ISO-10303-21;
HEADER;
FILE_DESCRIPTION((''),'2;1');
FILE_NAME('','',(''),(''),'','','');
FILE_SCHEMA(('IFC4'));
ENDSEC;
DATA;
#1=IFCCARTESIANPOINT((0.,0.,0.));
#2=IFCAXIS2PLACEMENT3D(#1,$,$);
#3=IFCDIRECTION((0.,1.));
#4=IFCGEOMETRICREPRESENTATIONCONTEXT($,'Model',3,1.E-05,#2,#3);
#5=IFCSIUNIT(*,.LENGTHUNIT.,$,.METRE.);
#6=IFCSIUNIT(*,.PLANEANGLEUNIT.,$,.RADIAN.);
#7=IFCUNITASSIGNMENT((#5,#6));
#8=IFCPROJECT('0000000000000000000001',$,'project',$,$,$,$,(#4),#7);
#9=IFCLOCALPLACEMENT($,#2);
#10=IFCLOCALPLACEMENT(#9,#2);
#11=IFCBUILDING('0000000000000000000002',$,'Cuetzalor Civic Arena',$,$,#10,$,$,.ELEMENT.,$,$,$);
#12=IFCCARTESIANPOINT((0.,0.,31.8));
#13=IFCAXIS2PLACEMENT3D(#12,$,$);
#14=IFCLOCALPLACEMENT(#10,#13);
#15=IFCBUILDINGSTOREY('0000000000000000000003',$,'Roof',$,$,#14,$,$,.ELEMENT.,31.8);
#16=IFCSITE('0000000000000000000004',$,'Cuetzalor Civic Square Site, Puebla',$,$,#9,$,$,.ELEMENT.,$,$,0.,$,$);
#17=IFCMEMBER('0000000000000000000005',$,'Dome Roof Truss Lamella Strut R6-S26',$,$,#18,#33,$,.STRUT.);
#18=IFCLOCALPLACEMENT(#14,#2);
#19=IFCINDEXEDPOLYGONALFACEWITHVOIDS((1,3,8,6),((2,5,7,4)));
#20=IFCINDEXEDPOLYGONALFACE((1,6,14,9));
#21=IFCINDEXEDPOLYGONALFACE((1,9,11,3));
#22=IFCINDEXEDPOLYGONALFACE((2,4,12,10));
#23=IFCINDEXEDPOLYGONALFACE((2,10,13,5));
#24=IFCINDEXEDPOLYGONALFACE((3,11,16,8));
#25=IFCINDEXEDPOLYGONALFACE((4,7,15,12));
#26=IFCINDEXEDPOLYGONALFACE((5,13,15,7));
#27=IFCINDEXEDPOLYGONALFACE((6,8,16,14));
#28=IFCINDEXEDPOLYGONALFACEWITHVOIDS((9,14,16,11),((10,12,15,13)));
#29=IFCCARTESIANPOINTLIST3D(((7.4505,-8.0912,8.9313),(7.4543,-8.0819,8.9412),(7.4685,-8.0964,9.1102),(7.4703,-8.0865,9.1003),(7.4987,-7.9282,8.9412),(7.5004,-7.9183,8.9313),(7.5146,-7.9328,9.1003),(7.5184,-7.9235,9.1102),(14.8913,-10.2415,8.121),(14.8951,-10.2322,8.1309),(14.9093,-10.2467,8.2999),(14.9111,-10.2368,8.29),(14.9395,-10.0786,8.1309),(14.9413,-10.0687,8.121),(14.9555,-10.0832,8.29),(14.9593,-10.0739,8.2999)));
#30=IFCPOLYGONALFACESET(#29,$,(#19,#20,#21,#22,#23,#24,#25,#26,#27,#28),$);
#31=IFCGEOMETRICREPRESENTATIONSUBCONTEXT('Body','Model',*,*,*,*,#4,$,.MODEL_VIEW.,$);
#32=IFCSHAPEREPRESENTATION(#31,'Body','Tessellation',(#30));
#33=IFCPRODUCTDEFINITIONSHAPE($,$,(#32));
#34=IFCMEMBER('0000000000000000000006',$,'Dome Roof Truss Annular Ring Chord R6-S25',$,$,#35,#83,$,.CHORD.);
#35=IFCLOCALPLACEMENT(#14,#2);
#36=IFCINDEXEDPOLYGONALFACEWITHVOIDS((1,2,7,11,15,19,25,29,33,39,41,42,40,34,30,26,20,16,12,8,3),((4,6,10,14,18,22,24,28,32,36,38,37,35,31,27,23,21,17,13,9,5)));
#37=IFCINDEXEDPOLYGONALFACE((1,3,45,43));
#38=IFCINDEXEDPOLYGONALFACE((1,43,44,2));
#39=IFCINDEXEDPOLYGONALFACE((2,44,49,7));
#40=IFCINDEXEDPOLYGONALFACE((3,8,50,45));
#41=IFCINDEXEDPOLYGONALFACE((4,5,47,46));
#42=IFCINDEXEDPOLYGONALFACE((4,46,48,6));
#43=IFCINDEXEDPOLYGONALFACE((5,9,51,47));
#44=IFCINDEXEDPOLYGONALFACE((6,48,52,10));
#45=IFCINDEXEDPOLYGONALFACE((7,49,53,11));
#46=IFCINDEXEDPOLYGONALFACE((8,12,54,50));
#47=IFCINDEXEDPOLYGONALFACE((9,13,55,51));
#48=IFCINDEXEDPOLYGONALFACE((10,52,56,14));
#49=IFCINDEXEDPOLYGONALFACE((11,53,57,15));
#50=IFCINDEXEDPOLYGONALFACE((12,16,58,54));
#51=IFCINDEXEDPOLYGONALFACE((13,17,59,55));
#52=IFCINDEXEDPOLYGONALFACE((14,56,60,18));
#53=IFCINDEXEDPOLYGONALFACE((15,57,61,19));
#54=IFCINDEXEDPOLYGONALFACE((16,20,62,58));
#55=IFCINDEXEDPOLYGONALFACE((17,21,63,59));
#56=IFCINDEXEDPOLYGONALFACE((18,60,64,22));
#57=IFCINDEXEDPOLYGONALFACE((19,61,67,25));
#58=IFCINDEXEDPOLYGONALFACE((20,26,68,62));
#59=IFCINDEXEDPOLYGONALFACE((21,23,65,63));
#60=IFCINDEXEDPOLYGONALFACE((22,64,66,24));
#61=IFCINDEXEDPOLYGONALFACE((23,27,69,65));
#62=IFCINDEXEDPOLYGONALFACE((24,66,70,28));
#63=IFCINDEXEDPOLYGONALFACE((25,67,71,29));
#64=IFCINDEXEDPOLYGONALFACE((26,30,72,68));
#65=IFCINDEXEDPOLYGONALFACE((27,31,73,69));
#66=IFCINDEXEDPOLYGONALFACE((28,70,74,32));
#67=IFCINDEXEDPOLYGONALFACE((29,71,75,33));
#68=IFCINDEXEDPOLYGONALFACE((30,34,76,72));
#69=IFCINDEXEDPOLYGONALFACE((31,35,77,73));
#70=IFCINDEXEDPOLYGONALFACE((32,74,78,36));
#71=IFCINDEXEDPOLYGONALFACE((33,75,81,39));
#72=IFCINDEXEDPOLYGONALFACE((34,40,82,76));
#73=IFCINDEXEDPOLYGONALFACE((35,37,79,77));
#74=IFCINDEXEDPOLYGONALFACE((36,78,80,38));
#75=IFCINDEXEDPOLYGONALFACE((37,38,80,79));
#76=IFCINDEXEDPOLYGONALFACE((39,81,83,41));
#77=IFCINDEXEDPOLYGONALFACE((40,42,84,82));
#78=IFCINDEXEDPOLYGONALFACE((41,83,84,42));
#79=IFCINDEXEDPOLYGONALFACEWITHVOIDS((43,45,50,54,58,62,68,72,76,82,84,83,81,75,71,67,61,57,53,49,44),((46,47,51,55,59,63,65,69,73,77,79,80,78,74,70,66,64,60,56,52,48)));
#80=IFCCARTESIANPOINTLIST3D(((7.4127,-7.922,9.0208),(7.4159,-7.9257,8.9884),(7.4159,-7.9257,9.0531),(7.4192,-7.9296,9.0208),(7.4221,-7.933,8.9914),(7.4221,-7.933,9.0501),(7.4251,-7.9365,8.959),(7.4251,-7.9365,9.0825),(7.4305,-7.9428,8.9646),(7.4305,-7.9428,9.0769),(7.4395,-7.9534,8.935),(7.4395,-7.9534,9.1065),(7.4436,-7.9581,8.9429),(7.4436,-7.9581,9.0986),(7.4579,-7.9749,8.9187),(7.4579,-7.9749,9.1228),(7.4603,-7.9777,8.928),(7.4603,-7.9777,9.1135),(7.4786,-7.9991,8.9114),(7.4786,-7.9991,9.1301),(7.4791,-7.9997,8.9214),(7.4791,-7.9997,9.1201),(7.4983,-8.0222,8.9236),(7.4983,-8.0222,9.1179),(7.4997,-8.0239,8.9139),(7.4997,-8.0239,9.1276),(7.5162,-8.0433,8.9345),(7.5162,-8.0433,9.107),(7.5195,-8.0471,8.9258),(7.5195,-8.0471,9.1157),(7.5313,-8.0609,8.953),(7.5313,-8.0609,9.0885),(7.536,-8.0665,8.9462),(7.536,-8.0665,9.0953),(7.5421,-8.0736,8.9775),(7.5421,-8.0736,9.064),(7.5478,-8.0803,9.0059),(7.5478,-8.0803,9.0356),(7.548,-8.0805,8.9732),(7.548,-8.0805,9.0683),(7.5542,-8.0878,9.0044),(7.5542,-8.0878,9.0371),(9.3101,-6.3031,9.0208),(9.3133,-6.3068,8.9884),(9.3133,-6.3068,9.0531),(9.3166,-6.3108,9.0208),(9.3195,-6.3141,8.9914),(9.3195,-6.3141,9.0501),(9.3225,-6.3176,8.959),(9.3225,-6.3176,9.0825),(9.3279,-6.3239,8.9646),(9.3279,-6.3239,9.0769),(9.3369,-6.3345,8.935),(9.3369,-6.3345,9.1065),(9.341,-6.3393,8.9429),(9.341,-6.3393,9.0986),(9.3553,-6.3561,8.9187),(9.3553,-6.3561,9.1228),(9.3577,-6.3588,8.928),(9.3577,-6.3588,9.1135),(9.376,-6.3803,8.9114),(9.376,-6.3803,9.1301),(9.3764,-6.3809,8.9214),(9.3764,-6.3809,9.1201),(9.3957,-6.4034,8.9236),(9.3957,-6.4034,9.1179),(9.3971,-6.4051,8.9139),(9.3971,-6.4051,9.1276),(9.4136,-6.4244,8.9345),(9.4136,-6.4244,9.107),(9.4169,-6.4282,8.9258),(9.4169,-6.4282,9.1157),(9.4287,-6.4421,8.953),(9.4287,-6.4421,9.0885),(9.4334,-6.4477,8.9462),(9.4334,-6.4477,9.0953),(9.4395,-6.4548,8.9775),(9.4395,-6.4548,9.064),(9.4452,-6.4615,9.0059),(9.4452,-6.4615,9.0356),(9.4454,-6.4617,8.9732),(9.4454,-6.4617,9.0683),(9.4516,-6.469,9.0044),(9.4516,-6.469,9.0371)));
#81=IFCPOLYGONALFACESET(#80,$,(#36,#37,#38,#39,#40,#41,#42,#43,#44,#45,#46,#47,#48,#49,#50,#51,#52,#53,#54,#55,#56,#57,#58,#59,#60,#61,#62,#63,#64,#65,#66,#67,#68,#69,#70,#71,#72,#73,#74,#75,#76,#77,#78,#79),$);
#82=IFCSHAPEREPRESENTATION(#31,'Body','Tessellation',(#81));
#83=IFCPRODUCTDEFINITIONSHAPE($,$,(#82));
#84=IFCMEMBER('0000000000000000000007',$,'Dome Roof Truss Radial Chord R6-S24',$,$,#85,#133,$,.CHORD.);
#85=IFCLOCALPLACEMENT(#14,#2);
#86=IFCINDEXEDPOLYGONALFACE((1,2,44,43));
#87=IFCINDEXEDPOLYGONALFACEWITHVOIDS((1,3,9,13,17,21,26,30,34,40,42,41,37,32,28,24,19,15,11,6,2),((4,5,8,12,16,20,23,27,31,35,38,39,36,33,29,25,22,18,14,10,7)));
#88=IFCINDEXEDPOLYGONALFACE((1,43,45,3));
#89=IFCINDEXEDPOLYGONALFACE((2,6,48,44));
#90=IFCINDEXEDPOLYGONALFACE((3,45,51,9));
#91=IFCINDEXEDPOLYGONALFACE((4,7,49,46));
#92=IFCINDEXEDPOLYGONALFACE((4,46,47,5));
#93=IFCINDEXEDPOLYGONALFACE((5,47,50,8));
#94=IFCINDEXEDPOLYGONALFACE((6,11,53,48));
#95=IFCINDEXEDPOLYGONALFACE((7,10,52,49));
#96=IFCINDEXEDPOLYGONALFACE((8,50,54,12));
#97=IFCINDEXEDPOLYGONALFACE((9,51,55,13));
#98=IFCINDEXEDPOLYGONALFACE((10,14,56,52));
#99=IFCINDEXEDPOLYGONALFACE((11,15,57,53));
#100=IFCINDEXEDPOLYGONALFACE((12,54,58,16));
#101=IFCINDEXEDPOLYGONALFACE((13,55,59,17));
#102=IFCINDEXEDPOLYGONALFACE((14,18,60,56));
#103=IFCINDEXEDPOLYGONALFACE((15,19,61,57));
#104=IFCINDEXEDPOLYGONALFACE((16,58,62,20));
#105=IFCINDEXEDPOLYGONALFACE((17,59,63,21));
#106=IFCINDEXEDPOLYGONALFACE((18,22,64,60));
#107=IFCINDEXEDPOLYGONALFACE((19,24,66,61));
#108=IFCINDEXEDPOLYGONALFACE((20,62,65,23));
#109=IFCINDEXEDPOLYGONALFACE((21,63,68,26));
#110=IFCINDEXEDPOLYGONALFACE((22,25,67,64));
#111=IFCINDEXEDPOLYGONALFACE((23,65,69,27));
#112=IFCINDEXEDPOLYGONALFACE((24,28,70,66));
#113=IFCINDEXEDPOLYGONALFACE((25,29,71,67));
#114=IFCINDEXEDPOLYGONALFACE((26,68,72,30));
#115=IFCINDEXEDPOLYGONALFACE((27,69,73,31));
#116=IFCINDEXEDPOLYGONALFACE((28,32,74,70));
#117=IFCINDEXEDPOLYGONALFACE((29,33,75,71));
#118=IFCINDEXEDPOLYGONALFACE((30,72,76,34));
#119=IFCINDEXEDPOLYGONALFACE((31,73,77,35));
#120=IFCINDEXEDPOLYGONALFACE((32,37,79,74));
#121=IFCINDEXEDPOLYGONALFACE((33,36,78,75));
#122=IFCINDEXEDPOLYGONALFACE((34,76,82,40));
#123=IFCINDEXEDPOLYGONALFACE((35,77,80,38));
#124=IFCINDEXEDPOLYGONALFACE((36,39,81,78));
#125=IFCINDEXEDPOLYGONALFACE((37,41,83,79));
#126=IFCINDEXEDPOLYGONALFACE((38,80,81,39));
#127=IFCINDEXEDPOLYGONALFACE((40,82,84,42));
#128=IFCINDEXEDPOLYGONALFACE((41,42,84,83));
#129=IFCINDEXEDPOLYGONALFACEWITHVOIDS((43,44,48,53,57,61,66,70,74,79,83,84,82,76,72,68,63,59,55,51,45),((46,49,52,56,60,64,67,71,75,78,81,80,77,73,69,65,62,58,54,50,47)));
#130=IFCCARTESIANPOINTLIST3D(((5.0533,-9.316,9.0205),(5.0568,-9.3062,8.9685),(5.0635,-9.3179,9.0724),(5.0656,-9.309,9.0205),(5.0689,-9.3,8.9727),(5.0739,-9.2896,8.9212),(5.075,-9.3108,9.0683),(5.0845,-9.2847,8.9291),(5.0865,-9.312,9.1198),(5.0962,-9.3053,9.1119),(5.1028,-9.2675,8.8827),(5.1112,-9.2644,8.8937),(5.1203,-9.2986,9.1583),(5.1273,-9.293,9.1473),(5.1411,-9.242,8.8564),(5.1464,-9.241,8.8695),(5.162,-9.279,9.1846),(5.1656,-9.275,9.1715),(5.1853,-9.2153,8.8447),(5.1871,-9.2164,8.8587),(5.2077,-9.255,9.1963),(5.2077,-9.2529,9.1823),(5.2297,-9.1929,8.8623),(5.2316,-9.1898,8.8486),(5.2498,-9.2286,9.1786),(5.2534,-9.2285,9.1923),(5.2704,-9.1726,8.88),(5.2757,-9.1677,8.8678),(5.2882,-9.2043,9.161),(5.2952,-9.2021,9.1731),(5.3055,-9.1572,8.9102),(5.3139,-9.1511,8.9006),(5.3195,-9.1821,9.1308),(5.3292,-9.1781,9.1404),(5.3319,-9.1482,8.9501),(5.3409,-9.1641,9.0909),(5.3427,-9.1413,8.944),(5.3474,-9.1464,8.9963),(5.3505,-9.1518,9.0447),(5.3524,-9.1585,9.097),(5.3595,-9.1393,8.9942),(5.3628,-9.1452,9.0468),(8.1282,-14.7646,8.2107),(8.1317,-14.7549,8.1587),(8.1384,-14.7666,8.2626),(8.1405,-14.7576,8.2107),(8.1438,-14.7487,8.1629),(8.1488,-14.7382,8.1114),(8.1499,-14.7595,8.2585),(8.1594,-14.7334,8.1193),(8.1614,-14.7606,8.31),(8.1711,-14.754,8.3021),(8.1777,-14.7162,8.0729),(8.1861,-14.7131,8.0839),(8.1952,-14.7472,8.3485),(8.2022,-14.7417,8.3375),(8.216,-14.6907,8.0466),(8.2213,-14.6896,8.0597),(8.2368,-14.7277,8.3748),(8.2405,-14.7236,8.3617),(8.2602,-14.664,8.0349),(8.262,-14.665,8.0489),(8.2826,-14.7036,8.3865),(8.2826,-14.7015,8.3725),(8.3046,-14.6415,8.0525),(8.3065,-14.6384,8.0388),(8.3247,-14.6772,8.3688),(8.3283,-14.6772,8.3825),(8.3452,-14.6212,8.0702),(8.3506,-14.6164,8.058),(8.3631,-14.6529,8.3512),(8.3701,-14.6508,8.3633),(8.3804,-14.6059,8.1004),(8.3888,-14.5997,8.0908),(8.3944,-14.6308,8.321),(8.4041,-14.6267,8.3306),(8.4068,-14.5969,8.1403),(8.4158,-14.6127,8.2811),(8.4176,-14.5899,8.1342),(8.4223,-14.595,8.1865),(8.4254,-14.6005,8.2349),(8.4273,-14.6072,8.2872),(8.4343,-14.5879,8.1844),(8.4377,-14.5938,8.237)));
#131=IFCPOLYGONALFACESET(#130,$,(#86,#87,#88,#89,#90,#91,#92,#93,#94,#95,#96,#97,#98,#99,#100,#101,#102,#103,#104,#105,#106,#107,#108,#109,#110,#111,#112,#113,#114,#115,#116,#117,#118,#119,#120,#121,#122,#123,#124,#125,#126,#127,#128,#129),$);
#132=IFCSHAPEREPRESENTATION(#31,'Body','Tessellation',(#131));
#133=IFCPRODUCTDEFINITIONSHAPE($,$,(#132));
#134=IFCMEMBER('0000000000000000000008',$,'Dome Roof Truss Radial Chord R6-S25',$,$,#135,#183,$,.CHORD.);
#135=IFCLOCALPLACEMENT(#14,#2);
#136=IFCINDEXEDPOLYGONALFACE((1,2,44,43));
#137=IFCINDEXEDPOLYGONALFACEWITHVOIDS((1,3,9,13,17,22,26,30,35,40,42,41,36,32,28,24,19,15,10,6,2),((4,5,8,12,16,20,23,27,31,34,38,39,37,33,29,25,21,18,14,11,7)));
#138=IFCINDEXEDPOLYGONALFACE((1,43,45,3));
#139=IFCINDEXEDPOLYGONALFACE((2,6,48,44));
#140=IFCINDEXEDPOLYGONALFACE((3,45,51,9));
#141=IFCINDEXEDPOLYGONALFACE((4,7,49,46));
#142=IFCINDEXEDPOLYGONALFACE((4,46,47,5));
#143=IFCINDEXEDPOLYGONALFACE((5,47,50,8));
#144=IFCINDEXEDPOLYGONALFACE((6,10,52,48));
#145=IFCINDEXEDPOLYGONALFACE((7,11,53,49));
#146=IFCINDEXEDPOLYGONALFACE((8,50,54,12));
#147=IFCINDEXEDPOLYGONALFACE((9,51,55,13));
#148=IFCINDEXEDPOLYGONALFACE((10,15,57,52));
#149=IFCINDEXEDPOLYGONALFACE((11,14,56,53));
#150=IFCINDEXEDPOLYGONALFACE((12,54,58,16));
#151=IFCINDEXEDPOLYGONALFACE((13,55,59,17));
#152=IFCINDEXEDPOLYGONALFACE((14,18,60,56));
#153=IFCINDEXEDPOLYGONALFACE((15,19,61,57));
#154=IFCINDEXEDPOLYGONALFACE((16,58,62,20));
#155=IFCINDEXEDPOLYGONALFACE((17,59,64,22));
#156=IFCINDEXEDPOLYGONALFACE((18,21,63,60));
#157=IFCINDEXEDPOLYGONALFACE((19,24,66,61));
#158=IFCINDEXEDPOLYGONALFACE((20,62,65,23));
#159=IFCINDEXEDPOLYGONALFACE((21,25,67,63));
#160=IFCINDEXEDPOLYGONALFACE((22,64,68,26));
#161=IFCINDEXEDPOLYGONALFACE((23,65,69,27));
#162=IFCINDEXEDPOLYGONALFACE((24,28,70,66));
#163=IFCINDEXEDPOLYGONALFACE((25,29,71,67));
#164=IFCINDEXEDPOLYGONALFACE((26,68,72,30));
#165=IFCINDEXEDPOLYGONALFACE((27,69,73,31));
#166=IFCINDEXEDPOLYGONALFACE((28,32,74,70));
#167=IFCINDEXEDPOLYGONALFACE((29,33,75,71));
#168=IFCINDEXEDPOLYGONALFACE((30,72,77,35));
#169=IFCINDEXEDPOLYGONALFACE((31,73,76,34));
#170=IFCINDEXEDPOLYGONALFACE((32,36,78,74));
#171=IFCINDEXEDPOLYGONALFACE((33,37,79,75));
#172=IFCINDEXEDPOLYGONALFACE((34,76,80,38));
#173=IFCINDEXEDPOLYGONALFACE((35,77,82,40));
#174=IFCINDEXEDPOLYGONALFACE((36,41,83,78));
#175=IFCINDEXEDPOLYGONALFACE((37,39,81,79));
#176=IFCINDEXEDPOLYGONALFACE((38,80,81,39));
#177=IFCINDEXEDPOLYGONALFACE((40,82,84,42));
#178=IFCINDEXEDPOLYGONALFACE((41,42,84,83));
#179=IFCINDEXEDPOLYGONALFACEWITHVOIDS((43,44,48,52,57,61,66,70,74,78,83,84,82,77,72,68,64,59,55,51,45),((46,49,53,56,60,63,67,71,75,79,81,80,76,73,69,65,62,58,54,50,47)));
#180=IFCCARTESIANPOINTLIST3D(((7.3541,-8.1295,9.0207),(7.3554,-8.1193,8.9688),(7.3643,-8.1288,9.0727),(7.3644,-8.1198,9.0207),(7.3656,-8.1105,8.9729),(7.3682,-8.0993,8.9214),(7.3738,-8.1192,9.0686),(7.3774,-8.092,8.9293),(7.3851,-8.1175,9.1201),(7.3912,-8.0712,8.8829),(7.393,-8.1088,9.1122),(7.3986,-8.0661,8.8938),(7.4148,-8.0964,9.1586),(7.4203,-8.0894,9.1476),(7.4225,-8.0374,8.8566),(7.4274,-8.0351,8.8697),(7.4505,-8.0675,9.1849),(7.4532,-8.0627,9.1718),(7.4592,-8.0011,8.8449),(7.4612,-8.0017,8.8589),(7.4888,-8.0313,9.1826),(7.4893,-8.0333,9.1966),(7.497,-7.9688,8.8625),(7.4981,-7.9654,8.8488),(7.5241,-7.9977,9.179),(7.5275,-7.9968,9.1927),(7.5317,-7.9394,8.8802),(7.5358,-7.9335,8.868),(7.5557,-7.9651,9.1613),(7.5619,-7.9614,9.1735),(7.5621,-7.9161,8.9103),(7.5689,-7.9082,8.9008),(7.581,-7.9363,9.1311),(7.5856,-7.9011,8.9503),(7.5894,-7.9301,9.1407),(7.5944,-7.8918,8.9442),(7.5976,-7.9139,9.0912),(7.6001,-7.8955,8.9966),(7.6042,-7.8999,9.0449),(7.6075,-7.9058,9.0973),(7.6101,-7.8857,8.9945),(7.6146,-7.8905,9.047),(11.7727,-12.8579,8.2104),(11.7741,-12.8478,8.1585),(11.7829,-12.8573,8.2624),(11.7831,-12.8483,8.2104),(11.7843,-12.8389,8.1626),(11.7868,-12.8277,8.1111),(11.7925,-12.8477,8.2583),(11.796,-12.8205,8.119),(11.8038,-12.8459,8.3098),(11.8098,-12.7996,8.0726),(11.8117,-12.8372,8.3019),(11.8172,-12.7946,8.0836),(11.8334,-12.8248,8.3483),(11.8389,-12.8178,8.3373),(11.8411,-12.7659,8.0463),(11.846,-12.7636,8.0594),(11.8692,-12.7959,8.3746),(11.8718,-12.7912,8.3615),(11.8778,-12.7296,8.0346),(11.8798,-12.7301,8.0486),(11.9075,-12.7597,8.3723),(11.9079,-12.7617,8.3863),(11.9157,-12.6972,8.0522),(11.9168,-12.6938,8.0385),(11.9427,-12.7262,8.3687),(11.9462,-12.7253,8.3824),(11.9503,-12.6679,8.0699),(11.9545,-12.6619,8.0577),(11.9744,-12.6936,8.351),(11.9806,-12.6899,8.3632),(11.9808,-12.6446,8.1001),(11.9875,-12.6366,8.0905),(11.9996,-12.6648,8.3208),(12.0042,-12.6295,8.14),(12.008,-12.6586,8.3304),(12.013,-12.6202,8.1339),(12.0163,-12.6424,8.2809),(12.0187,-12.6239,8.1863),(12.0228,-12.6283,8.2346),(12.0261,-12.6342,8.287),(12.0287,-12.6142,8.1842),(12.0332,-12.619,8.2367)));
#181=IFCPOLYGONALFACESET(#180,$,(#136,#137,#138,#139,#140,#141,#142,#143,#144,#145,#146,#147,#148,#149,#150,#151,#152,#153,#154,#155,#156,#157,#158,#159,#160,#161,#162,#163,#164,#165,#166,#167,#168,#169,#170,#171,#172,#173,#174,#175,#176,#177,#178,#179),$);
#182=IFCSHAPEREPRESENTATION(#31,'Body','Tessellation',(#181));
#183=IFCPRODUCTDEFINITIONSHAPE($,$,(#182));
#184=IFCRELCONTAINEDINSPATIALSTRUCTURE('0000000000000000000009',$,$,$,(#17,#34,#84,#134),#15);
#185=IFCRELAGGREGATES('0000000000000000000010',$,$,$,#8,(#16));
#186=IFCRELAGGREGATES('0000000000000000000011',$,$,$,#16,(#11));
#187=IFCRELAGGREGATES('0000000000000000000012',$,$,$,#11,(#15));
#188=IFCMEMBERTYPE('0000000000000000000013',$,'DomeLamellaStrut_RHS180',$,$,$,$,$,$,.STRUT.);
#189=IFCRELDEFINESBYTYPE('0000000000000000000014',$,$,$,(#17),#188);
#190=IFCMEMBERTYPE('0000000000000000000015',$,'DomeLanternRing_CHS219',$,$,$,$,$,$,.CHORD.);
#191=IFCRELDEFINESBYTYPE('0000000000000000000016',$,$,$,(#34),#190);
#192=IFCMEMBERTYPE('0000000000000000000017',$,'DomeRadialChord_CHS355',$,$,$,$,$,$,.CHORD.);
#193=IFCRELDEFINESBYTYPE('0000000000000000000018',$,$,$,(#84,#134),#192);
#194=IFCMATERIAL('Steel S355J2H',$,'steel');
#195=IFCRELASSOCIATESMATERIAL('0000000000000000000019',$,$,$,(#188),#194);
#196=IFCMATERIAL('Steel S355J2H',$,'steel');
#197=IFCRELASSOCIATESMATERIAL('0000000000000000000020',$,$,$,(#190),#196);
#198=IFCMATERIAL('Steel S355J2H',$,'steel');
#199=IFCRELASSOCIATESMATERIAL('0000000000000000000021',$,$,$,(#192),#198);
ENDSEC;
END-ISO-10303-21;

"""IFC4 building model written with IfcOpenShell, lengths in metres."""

from ifc_helpers import new_model, si_unit, direction, frame, origin, origin_2d, place, context, subcontext, project, spatial, hollow_rectangle, hollow_circle, extrude, material, material_profile, profile_set, type_object, element, save


model = new_model("IFC4")

# Units and contexts
model_context = context("Model", 3, precision=1e-05, world=origin(), true_north=direction((0.0, 1.0)))
body_context = subcontext(model_context, "Body", "Model", "MODEL_VIEW")
ifc_project = project(units=[si_unit("LENGTHUNIT", "METRE"), si_unit("PLANEANGLEUNIT", "RADIAN")], contexts=[model_context])

# Site, building, storey
site_placement = place(None, origin())
site = spatial("IfcSite", under=ifc_project, at=site_placement, Name="Cuetzalor Civic Square Site, Puebla", CompositionType="ELEMENT", RefElevation=0.0)
building_placement = place(site_placement, origin())
building = spatial("IfcBuilding", under=site, at=building_placement, Name="Cuetzalor Civic Arena", CompositionType="ELEMENT")
storey_placement = place(building_placement, frame((0.0, 0.0, 31.8)))
storey = spatial("IfcBuildingStorey", under=building, at=storey_placement, Name="Roof", CompositionType="ELEMENT", Elevation=31.8)

# Members
ifc_material_1 = material(Name="Steel S355J2H", Category="steel")
ifc_material_profile_1 = material_profile(ifc_material_1, hollow_rectangle(XDim=0.1799, YDim=0.1799, WallThickness=0.01, at=origin_2d()), Name="RHS 180x180x10")
ifc_profile_set_1 = profile_set([ifc_material_profile_1], Name="Steel S355J2H")
member_type_1 = type_object("IfcMemberType", Name="DomeLamellaStrut_RHS180", PredefinedType="STRUT", material=ifc_profile_set_1)
member_1_placement = place(storey_placement, frame((14.9253, -10.1577, 8.2104), z_axis=(-0.955472, 0.276127, 0.104049), x_axis=(-0.277634, -0.960687, 0.0)))
element("IfcMember", 1, at=member_1_placement, inside=storey, type_object=member_type_1, Name="Dome Roof Truss Lamella Strut R6-S26", PredefinedType="STRUT", context=body_context, shape_type="SweptSolid", body=[
    extrude(hollow_rectangle(XDim=0.1799, YDim=0.1799, WallThickness=0.01, at=origin_2d()), origin(), (0.0, 0.0, 1.0), 7.7876),
])
ifc_material_2 = material(Name="Steel S355J2H", Category="steel")
ifc_material_profile_2 = material_profile(ifc_material_2, hollow_circle(Radius=0.1096, WallThickness=0.01, at=origin_2d()), Name="CHS 219.1x10")
ifc_profile_set_2 = profile_set([ifc_material_profile_2], Name="Steel S355J2H")
member_type_2 = type_object("IfcMemberType", Name="DomeLanternRing_CHS219", PredefinedType="CHORD", material=ifc_profile_set_2)
member_2_placement = place(storey_placement, frame((7.4839, -8.0054, 9.0208), z_axis=(0.76074, 0.649057, 0.0), x_axis=(-0.649057, 0.76074, 0.0)))
element("IfcMember", 2, at=member_2_placement, inside=storey, type_object=member_type_2, Name="Dome Roof Truss Annular Ring Chord R6-S25", PredefinedType="CHORD", context=body_context, shape_type="SweptSolid", body=[
    extrude(hollow_circle(Radius=0.1096, WallThickness=0.01, at=origin_2d()), origin(), (0.0, 0.0, 1.0), 2.4941),
])
ifc_material_3 = material(Name="Steel S355J2H", Category="steel")
ifc_material_profile_3 = material_profile(ifc_material_3, hollow_circle(Radius=0.1777, WallThickness=0.0142, at=origin_2d()), Name="CHS 355.6x14.2")
ifc_profile_set_3 = profile_set([ifc_material_profile_3], Name="Steel S355J2H")
member_type_3 = type_object("IfcMemberType", Name="DomeRadialChord_CHS355", PredefinedType="CHORD", material=ifc_profile_set_3)
member_3_placement = place(storey_placement, frame((8.283, -14.6772, 8.2107), z_axis=(-0.487414, 0.863684, 0.128365), x_axis=(-0.870889, -0.49148, 0.0)))
element("IfcMember", 3, at=member_3_placement, inside=storey, type_object=member_type_3, Name="Dome Roof Truss Radial Chord R6-S24", PredefinedType="CHORD", context=body_context, shape_type="SweptSolid", body=[
    extrude(hollow_circle(Radius=0.1777, WallThickness=0.0142, at=origin_2d()), origin(), (0.0, 0.0, 1.0), 6.3086),
])
member_4_placement = place(storey_placement, frame((11.9026, -12.7366, 8.2104), z_axis=(-0.677476, 0.724977, 0.124236), x_axis=(-0.730637, -0.682766, 0.0)))
element("IfcMember", 4, at=member_4_placement, inside=storey, type_object=member_type_3, Name="Dome Roof Truss Radial Chord R6-S25", PredefinedType="CHORD", context=body_context, shape_type="SweptSolid", body=[
    extrude(hollow_circle(Radius=0.1777, WallThickness=0.0142, at=origin_2d()), origin(), (0.0, 0.0, 1.0), 6.5222),
])

save(model, "model.ifc")
